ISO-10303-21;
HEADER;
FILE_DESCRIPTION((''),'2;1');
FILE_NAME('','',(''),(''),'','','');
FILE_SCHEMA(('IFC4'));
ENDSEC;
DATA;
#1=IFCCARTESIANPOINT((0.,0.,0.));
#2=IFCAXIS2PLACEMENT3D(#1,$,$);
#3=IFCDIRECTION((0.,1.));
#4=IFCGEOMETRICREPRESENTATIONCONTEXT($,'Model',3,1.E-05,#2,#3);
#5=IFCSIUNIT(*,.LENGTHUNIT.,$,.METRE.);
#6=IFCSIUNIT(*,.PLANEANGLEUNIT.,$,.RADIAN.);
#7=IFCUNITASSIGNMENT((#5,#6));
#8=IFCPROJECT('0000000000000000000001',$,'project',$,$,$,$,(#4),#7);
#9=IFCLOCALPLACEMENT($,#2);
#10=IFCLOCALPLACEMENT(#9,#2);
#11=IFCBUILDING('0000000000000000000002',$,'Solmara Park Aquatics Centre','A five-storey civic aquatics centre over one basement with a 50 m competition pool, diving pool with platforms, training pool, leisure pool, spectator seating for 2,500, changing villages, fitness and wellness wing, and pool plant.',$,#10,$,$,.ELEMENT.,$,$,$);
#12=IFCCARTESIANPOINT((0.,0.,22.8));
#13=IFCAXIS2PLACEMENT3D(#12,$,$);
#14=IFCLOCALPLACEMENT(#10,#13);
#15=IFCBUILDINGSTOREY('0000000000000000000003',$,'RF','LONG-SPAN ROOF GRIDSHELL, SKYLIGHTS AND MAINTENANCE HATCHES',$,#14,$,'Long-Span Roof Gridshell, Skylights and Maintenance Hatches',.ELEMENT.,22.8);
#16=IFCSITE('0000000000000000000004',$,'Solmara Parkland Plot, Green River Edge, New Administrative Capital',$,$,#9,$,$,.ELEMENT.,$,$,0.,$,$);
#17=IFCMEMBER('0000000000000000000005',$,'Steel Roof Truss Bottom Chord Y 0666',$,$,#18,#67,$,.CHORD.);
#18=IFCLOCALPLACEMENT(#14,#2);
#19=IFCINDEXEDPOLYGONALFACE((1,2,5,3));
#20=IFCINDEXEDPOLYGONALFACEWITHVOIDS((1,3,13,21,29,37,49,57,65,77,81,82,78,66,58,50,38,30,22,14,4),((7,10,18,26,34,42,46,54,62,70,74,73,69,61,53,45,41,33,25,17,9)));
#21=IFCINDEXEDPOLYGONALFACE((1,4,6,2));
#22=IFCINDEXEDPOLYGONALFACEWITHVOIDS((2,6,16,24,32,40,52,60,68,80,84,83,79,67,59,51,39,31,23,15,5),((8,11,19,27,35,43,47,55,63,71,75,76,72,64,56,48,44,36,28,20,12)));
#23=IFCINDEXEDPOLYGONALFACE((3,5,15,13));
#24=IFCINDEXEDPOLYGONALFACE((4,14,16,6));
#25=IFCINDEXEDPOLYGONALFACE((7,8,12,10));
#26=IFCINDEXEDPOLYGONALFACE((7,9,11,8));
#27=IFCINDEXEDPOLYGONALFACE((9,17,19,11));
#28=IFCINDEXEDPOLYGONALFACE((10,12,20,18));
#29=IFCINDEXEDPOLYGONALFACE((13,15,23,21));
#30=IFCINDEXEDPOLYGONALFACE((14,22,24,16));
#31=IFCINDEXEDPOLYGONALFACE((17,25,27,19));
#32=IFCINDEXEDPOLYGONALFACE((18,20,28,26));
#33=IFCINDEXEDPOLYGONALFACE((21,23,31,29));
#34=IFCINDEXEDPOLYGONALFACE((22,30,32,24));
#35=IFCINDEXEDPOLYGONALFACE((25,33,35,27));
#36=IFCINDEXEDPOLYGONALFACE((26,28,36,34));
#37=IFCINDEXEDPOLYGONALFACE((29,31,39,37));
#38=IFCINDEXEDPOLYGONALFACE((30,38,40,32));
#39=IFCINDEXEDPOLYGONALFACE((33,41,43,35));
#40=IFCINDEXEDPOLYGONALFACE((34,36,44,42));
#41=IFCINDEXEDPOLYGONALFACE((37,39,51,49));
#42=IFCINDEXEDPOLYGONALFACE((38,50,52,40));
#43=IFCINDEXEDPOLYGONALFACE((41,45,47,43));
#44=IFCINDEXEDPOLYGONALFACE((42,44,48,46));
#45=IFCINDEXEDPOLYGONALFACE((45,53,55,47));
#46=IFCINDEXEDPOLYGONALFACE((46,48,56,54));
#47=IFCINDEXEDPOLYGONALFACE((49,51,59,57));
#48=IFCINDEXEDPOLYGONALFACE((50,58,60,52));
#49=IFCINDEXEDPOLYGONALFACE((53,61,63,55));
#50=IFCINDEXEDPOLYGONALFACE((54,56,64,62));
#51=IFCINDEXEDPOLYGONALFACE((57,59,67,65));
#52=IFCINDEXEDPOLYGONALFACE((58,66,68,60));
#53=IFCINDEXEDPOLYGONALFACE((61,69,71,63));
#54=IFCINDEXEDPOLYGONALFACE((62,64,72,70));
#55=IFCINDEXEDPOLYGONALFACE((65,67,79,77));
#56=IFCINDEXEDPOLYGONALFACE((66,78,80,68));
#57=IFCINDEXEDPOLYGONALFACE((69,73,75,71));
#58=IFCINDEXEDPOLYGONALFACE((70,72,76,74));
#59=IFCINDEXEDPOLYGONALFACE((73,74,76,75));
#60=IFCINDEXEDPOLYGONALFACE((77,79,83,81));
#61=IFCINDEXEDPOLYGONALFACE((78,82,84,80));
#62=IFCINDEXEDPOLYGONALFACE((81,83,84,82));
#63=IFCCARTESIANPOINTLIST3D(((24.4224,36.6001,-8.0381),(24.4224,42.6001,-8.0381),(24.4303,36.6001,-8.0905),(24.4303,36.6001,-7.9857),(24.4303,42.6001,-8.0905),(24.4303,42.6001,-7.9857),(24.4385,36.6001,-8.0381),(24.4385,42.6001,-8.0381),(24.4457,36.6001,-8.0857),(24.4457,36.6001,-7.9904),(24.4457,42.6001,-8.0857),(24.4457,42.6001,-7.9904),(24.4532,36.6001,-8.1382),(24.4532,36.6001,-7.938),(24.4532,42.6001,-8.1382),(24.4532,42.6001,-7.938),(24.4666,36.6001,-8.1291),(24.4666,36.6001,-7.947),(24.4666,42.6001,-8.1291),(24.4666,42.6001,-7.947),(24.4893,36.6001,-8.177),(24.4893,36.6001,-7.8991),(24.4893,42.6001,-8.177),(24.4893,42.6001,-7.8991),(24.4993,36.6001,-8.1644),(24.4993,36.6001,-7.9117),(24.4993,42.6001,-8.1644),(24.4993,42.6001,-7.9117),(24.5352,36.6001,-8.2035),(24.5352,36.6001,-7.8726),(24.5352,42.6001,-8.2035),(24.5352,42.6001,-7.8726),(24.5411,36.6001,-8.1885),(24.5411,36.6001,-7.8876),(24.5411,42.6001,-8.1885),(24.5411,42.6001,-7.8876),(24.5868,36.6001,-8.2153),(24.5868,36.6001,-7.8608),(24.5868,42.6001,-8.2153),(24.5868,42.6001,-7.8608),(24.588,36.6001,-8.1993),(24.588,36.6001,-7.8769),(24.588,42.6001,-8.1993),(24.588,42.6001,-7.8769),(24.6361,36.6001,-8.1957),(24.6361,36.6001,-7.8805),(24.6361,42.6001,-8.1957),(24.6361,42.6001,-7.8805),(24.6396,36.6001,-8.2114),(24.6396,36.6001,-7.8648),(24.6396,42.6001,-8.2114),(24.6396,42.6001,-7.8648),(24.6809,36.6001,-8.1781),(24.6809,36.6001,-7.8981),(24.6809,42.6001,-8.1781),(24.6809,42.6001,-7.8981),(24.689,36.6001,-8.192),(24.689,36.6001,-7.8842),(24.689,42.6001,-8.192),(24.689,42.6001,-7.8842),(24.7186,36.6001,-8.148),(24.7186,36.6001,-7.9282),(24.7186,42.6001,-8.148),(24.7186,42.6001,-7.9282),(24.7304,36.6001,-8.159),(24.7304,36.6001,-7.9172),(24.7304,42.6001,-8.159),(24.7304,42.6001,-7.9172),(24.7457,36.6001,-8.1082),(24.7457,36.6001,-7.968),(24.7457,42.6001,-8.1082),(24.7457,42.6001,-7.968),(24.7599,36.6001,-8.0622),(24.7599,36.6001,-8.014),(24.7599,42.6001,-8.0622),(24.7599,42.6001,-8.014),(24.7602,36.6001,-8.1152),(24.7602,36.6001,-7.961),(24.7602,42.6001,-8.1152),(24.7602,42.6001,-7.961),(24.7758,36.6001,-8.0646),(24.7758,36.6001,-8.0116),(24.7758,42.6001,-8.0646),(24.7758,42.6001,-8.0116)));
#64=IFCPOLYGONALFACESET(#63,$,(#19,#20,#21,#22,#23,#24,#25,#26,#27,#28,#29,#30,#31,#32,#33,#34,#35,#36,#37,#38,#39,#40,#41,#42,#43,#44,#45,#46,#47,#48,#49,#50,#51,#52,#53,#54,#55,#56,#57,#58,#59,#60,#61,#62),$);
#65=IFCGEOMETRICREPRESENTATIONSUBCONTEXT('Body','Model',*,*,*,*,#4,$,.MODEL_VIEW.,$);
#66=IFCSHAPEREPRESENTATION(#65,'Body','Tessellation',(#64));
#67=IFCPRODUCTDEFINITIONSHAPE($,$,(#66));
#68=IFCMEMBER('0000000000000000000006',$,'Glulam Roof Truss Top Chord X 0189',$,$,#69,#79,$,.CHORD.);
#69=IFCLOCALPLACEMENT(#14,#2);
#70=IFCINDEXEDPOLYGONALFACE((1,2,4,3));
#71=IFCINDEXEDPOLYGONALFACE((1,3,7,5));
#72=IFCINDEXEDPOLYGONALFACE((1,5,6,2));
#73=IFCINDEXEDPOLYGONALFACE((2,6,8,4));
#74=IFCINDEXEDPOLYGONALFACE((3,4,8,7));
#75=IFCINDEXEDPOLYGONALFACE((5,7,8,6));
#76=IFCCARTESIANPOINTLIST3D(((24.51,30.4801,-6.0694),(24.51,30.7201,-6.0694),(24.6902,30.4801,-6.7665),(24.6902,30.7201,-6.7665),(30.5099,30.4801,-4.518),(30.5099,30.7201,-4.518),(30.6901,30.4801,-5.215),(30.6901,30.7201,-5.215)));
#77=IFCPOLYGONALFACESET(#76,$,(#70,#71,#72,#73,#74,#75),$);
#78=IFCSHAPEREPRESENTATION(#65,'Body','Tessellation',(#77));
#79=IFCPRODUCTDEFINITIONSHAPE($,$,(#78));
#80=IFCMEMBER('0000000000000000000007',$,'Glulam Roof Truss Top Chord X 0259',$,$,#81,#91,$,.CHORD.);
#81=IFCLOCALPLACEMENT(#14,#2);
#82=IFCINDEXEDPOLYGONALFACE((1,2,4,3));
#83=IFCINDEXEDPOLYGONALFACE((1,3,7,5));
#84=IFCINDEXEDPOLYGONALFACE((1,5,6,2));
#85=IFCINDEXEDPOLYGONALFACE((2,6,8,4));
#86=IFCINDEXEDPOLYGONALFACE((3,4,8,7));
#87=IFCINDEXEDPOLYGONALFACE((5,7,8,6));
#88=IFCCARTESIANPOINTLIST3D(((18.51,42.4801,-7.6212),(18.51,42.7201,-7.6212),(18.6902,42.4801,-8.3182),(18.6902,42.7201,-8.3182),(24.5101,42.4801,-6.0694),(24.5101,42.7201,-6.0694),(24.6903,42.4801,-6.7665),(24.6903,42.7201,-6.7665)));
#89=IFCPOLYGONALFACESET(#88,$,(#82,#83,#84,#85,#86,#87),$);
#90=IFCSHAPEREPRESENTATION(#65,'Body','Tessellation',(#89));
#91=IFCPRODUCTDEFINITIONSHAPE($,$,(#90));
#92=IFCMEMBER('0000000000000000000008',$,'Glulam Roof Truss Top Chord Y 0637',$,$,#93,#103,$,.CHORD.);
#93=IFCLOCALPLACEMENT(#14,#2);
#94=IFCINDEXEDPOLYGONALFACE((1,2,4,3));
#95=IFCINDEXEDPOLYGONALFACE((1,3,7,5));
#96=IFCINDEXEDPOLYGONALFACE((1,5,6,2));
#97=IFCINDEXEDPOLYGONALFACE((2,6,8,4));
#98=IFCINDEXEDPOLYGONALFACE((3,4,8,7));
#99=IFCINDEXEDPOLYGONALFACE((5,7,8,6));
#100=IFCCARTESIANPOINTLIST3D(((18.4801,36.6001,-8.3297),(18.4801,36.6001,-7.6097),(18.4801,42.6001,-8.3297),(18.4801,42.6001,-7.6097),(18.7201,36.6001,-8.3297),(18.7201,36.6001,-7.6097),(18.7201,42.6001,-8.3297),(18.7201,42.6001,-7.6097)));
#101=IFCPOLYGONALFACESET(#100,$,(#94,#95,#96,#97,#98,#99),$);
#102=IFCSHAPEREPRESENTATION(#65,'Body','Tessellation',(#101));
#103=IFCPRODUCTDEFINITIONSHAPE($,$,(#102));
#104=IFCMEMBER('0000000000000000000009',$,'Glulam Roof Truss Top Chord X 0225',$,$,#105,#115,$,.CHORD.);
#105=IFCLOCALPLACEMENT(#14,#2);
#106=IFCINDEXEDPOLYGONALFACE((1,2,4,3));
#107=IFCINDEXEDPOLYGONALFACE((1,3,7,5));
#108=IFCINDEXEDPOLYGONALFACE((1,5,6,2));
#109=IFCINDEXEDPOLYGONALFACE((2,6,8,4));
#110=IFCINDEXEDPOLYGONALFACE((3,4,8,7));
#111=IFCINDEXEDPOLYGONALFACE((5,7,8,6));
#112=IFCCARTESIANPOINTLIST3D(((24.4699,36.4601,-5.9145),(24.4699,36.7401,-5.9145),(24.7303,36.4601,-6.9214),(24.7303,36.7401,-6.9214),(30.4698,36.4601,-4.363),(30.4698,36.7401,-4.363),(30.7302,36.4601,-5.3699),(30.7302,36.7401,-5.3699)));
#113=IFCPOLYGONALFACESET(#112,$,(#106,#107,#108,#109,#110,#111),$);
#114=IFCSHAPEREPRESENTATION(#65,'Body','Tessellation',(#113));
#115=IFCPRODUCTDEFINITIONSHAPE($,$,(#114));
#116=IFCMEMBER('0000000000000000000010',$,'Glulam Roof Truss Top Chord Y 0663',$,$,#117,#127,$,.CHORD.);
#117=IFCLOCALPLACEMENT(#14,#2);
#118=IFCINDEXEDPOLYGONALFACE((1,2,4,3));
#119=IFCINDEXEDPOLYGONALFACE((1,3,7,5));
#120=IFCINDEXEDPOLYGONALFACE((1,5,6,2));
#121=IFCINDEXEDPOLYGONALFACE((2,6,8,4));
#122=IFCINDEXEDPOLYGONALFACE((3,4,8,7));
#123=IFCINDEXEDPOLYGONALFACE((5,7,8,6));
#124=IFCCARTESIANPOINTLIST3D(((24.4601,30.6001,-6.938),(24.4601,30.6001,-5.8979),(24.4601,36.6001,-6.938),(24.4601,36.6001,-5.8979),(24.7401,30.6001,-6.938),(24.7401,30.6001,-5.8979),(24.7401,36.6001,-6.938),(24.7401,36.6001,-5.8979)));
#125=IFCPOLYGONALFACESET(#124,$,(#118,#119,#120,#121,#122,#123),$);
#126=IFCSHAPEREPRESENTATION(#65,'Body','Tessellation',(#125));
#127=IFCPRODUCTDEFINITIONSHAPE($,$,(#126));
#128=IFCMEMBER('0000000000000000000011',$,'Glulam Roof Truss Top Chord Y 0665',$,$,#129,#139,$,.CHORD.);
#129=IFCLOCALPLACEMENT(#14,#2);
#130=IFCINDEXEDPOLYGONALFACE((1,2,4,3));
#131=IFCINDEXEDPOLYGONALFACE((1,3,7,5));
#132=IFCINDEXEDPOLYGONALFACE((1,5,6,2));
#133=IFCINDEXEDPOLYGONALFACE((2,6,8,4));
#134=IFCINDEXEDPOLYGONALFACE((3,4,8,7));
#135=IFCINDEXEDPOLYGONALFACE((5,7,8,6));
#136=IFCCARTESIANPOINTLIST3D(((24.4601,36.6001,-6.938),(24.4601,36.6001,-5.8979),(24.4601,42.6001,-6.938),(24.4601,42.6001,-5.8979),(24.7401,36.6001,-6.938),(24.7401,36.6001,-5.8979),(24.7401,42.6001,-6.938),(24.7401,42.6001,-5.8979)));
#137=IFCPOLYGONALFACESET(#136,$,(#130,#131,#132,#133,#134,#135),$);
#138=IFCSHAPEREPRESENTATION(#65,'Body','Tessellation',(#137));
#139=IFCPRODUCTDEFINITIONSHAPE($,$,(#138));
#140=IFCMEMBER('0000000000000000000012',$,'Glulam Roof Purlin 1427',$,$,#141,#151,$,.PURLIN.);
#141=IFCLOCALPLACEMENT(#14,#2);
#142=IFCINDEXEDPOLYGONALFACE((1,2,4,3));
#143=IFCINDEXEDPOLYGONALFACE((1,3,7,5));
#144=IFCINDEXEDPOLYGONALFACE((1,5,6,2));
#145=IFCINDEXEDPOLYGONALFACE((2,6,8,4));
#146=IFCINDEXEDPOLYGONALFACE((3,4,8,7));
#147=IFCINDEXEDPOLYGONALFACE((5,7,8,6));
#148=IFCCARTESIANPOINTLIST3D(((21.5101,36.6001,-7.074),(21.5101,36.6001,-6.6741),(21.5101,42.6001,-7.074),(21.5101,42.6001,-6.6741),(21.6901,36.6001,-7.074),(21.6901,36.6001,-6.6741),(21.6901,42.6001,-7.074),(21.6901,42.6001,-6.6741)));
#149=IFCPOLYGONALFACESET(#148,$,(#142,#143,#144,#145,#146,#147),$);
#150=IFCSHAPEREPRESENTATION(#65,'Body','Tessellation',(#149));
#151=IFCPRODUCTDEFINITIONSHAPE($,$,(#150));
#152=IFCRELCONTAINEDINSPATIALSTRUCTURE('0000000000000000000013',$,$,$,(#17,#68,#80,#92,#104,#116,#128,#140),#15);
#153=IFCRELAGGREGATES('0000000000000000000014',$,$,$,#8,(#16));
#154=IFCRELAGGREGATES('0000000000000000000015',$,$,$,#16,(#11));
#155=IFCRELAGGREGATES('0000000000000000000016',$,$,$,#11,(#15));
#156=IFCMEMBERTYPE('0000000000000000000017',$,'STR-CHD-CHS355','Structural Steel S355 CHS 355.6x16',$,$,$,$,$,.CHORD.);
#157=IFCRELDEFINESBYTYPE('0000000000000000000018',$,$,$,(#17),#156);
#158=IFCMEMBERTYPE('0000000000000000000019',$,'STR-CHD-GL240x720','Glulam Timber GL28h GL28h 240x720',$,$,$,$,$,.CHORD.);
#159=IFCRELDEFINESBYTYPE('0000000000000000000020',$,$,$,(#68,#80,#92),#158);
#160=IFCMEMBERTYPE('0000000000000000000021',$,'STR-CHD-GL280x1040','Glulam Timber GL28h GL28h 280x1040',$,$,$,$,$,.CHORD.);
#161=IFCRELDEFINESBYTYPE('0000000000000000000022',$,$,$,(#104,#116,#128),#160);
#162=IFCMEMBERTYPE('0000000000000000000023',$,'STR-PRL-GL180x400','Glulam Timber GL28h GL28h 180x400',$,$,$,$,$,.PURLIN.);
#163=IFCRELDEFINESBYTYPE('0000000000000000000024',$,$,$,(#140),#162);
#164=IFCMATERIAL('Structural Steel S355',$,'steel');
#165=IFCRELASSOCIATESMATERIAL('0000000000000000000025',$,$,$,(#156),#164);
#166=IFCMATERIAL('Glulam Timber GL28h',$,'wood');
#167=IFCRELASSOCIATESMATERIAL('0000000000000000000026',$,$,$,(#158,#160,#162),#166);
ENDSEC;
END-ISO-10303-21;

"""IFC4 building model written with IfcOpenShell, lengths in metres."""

from ifc_helpers import new_model, si_unit, direction, frame, origin, origin_2d, place, context, subcontext, project, spatial, rectangle, hollow_circle, extrude, material, material_profile, profile_set, type_object, element, save


model = new_model("IFC4")

# Units and contexts
model_context = context("Model", 3, precision=1e-05, world=origin(), true_north=direction((0.0, 1.0)))
body_context = subcontext(model_context, "Body", "Model", "MODEL_VIEW")
ifc_project = project(units=[si_unit("LENGTHUNIT", "METRE"), si_unit("PLANEANGLEUNIT", "RADIAN")], contexts=[model_context])

# Site, building, storey
site_placement = place(None, origin())
site = spatial("IfcSite", under=ifc_project, at=site_placement, Name="Solmara Parkland Plot, Green River Edge, New Administrative Capital", CompositionType="ELEMENT", RefElevation=0.0)
building_placement = place(site_placement, origin())
building = spatial("IfcBuilding", under=site, at=building_placement, Name="Solmara Park Aquatics Centre", Description="A five-storey civic aquatics centre over one basement with a 50 m competition pool, diving pool with platforms, training pool, leisure pool, spectator seating for 2,500, changing villages, fitness and wellness wing, and pool plant.", CompositionType="ELEMENT")
storey_placement = place(building_placement, frame((0.0, 0.0, 22.8)))
storey = spatial("IfcBuildingStorey", under=building, at=storey_placement, Name="RF", Description="LONG-SPAN ROOF GRIDSHELL, SKYLIGHTS AND MAINTENANCE HATCHES", LongName="Long-Span Roof Gridshell, Skylights and Maintenance Hatches", CompositionType="ELEMENT", Elevation=22.8)

# Members
ifc_material_1 = material(Name="Structural Steel S355", Category="steel")
ifc_material_profile_1 = material_profile(ifc_material_1, hollow_circle(Radius=0.1777, WallThickness=0.0161, at=origin_2d()), Name="CHS 355.6x16")
ifc_profile_set_1 = profile_set([ifc_material_profile_1], Name="Structural Steel S355")
member_type_1 = type_object("IfcMemberType", Name="STR-CHD-CHS355", Description="Structural Steel S355 CHS 355.6x16", PredefinedType="CHORD", material=ifc_profile_set_1)
for number, where, z_axis, x_axis, name in (
    (1, (24.6001, 36.6001, -8.0381), (0.0, 1.0, 0.0), (-1.0, 0.0, 0.0), "Steel Roof Truss Bottom Chord Y 0666"),
):
    element("IfcMember", number, at=place(storey_placement, frame(where, z_axis=z_axis, x_axis=x_axis)), inside=storey, type_object=member_type_1, Name=name, PredefinedType="CHORD", context=body_context, shape_type="SweptSolid", body=[
        extrude(hollow_circle(Radius=0.1777, WallThickness=0.0161, at=origin_2d()), origin(), (0.0, 0.0, 1.0), 6.0),
    ])
ifc_material_2 = material(Name="Glulam Timber GL28h", Category="wood")
ifc_material_profile_2 = material_profile(ifc_material_2, rectangle(XDim=0.24, YDim=0.72, at=origin_2d()), Name="GL28h 240x720")
ifc_profile_set_2 = profile_set([ifc_material_profile_2], Name="Glulam Timber GL28h")
member_type_2 = type_object("IfcMemberType", Name="STR-CHD-GL240x720", Description="Glulam Timber GL28h GL28h 240x720", PredefinedType="CHORD", material=ifc_profile_set_2)
member_1_placement = place(storey_placement, frame((24.6001, 30.6001, -6.418), z_axis=(0.968155, 0.0, 0.250351), x_axis=(0.0, 1.0, 0.0)))
element("IfcMember", 2, at=member_1_placement, inside=storey, type_object=member_type_2, Name="Glulam Roof Truss Top Chord X 0189", PredefinedType="CHORD", context=body_context, shape_type="SweptSolid", body=[
    extrude(rectangle(XDim=0.24, YDim=0.72, at=origin_2d()), origin(), (0.0, 0.0, 1.0), 6.1973),
])
member_2_placement = place(storey_placement, frame((18.6001, 42.6001, -7.9697), z_axis=(0.968146, 0.0, 0.250388), x_axis=(0.0, 1.0, 0.0)))
element("IfcMember", 3, at=member_2_placement, inside=storey, type_object=member_type_2, Name="Glulam Roof Truss Top Chord X 0259", PredefinedType="CHORD", context=body_context, shape_type="SweptSolid", body=[
    extrude(rectangle(XDim=0.24, YDim=0.72, at=origin_2d()), origin(), (0.0, 0.0, 1.0), 6.1975),
])
member_3_placement = place(storey_placement, frame((18.6001, 36.6001, -7.9697), z_axis=(0.0, 1.0, 0.0), x_axis=(-1.0, 0.0, 0.0)))
element("IfcMember", 4, at=member_3_placement, inside=storey, type_object=member_type_2, Name="Glulam Roof Truss Top Chord Y 0637", PredefinedType="CHORD", context=body_context, shape_type="SweptSolid", body=[
    extrude(rectangle(XDim=0.24, YDim=0.72, at=origin_2d()), origin(), (0.0, 0.0, 1.0), 6.0),
])
ifc_material_profile_3 = material_profile(ifc_material_2, rectangle(XDim=0.28, YDim=1.04, at=origin_2d()), Name="GL28h 280x1040")
ifc_profile_set_3 = profile_set([ifc_material_profile_3], Name="Glulam Timber GL28h")
member_type_3 = type_object("IfcMemberType", Name="STR-CHD-GL280x1040", Description="Glulam Timber GL28h GL28h 280x1040", PredefinedType="CHORD", material=ifc_profile_set_3)
member_4_placement = place(storey_placement, frame((24.6001, 36.6001, -6.418), z_axis=(0.968155, 0.0, 0.250351), x_axis=(0.0, 1.0, 0.0)))
element("IfcMember", 5, at=member_4_placement, inside=storey, type_object=member_type_3, Name="Glulam Roof Truss Top Chord X 0225", PredefinedType="CHORD", context=body_context, shape_type="SweptSolid", body=[
    extrude(rectangle(XDim=0.28, YDim=1.04, at=origin_2d()), origin(), (0.0, 0.0, 1.0), 6.1973),
])
for number, where, z_axis, x_axis, name in (
    (6, (24.6001, 30.6001, -6.418), (0.0, 1.0, 0.0), (-1.0, 0.0, 0.0), "Glulam Roof Truss Top Chord Y 0663"),
    (7, (24.6001, 36.6001, -6.418), (0.0, 1.0, 0.0), (-1.0, 0.0, 0.0), "Glulam Roof Truss Top Chord Y 0665"),
):
    element("IfcMember", number, at=place(storey_placement, frame(where, z_axis=z_axis, x_axis=x_axis)), inside=storey, type_object=member_type_3, Name=name, PredefinedType="CHORD", context=body_context, shape_type="SweptSolid", body=[
        extrude(rectangle(XDim=0.28, YDim=1.04, at=origin_2d()), origin(), (0.0, 0.0, 1.0), 6.0),
    ])
ifc_material_profile_4 = material_profile(ifc_material_2, rectangle(XDim=0.1799, YDim=0.3999, at=origin_2d()), Name="GL28h 180x400")
ifc_profile_set_4 = profile_set([ifc_material_profile_4], Name="Glulam Timber GL28h")
member_type_4 = type_object("IfcMemberType", Name="STR-PRL-GL180x400", Description="Glulam Timber GL28h GL28h 180x400", PredefinedType="PURLIN", material=ifc_profile_set_4)
member_5_placement = place(storey_placement, frame((21.6001, 36.6001, -6.874), z_axis=(0.0, 1.0, 0.0), x_axis=(-1.0, 0.0, 0.0)))
element("IfcMember", 8, at=member_5_placement, inside=storey, type_object=member_type_4, Name="Glulam Roof Purlin 1427", PredefinedType="PURLIN", context=body_context, shape_type="SweptSolid", body=[
    extrude(rectangle(XDim=0.1799, YDim=0.3999, at=origin_2d()), origin(), (0.0, 0.0, 1.0), 6.0),
])

save(model, "model.ifc")
